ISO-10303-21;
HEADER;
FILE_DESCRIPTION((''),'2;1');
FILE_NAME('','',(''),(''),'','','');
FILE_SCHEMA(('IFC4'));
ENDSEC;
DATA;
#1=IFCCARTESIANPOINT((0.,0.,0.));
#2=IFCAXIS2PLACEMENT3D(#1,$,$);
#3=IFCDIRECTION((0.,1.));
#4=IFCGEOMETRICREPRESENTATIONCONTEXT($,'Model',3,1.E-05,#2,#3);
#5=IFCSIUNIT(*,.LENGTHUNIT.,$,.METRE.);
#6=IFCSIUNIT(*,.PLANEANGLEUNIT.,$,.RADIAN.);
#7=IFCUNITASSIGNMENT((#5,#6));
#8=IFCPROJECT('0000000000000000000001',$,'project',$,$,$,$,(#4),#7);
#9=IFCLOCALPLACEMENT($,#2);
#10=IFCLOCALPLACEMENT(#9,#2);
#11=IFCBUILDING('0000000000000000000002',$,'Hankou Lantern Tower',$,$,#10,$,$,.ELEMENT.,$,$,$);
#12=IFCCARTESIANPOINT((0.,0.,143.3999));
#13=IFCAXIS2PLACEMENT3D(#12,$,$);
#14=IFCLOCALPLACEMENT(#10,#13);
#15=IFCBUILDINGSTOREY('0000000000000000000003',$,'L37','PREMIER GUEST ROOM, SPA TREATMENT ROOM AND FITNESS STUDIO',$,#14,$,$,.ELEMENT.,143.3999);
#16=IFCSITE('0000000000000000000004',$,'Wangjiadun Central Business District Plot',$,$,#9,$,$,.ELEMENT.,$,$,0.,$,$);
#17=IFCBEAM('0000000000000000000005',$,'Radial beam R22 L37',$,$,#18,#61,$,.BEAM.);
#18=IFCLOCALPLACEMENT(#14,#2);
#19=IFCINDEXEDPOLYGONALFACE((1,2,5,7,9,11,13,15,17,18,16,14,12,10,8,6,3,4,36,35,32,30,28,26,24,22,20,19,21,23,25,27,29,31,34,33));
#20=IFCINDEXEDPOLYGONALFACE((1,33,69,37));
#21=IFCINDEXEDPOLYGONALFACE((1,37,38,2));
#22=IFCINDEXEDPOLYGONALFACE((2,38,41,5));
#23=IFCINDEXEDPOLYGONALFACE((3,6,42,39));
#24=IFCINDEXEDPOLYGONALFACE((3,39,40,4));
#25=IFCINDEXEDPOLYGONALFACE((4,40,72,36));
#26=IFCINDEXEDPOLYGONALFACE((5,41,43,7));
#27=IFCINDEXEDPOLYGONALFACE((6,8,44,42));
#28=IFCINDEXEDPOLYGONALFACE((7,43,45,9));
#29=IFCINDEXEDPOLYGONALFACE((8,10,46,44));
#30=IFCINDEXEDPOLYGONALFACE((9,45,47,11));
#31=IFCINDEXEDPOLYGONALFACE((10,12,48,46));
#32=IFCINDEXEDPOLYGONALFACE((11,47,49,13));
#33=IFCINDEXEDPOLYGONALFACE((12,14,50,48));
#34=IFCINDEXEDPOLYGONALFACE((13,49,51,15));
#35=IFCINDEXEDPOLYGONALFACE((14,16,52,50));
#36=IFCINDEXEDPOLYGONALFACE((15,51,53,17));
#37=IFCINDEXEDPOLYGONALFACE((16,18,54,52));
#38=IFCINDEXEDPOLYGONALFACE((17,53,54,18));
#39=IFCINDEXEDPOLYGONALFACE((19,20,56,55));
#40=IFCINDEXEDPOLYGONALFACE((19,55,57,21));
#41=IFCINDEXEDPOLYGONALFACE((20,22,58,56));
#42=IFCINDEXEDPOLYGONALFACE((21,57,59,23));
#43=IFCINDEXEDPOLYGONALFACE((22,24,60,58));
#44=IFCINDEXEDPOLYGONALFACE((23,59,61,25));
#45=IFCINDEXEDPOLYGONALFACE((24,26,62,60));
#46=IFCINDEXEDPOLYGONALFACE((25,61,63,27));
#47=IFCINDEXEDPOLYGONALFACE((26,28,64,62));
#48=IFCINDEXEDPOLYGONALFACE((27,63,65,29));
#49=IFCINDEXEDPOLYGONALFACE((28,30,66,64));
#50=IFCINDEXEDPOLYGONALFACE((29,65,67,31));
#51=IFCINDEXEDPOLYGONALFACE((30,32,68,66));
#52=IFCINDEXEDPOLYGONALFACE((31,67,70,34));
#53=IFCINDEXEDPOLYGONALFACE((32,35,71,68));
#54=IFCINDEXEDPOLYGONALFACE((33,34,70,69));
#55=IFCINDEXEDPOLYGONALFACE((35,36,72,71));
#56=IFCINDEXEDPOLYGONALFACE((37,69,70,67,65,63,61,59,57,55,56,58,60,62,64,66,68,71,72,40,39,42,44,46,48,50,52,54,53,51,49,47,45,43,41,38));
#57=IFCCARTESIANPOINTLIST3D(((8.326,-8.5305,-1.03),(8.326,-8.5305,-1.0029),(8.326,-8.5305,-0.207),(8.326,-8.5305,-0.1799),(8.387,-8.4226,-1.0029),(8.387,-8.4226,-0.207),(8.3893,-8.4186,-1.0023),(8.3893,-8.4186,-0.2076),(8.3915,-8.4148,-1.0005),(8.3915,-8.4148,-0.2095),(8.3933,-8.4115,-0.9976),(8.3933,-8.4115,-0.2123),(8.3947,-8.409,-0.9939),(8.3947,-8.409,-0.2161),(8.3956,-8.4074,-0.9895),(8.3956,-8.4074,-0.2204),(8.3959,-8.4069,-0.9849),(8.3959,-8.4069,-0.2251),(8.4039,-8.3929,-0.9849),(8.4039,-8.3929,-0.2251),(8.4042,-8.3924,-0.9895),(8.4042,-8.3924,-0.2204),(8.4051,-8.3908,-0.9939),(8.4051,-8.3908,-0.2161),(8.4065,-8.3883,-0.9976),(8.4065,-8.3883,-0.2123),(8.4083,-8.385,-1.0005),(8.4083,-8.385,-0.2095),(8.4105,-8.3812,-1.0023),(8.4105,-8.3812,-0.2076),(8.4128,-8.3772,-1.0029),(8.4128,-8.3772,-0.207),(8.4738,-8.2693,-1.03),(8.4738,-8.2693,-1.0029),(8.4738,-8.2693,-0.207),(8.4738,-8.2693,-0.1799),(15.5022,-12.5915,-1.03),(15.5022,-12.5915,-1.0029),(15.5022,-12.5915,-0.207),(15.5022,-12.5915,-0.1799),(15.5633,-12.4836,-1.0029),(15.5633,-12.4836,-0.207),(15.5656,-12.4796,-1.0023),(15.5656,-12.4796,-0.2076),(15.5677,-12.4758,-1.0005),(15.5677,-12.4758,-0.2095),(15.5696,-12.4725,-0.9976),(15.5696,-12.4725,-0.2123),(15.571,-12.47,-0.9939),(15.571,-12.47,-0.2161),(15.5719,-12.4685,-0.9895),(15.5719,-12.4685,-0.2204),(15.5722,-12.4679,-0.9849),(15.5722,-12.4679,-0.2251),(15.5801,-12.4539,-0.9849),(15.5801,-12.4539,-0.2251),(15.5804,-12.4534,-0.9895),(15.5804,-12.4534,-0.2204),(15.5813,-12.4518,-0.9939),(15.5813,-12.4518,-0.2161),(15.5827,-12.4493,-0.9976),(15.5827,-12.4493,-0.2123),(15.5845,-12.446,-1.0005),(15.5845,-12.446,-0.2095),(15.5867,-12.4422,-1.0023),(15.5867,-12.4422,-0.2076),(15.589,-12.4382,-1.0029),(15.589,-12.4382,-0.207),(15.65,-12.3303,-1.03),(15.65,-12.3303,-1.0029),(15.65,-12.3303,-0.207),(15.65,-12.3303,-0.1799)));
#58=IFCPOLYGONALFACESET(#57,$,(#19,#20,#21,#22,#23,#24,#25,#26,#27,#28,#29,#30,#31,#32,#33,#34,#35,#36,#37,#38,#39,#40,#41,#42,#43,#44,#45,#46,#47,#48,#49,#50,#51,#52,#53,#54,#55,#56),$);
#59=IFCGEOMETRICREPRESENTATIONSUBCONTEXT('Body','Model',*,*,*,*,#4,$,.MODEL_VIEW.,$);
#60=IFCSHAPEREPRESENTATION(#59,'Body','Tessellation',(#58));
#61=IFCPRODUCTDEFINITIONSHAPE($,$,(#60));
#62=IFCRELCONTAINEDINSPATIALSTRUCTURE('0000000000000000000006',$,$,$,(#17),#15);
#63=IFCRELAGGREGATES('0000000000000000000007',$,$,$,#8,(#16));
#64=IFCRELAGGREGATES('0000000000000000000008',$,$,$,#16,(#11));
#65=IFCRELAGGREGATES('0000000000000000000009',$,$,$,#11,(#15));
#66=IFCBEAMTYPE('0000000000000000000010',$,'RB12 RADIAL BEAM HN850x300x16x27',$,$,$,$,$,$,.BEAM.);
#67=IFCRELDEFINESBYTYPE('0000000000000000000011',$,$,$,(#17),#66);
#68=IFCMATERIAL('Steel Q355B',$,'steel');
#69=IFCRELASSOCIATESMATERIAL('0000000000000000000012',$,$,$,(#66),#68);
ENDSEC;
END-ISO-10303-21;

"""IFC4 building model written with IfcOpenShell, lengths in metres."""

from ifc_helpers import new_model, si_unit, direction, frame, origin, origin_2d, place, context, subcontext, project, spatial, i_section, extrude, material, material_profile, profile_set, type_object, element, save


model = new_model("IFC4")

# Units and contexts
model_context = context("Model", 3, precision=1e-05, world=origin(), true_north=direction((0.0, 1.0)))
body_context = subcontext(model_context, "Body", "Model", "MODEL_VIEW")
ifc_project = project(units=[si_unit("LENGTHUNIT", "METRE"), si_unit("PLANEANGLEUNIT", "RADIAN")], contexts=[model_context])

# Site, building, storey
site_placement = place(None, origin())
site = spatial("IfcSite", under=ifc_project, at=site_placement, Name="Wangjiadun Central Business District Plot", CompositionType="ELEMENT", RefElevation=0.0)
building_placement = place(site_placement, origin())
building = spatial("IfcBuilding", under=site, at=building_placement, Name="Hankou Lantern Tower", CompositionType="ELEMENT")
storey_placement = place(building_placement, frame((0.0, 0.0, 143.3999)))
storey = spatial("IfcBuildingStorey", under=building, at=storey_placement, Name="L37", Description="PREMIER GUEST ROOM, SPA TREATMENT ROOM AND FITNESS STUDIO", CompositionType="ELEMENT", Elevation=143.3999)

# Beam
ifc_material_1 = material(Name="Steel Q355B", Category="steel")
ifc_material_profile = material_profile(ifc_material_1, i_section(OverallWidth=0.3, OverallDepth=0.8501, WebThickness=0.0161, FlangeThickness=0.0271, FilletRadius=0.0181, at=origin_2d()), Name="HN850x300x16x27")
ifc_profile_set = profile_set([ifc_material_profile], Name="Steel Q355B")
beam_type = type_object("IfcBeamType", Name="RB12 RADIAL BEAM HN850x300x16x27", PredefinedType="BEAM", material=ifc_profile_set)
beam_1_placement = place(storey_placement, frame((8.3999, -8.3999, -0.605), z_axis=(0.870309, -0.492506, 0.0), x_axis=(0.492506, 0.870309, 0.0)))
element("IfcBeam", 1, at=beam_1_placement, inside=storey, type_object=beam_type, Name="Radial beam R22 L37", PredefinedType="BEAM", context=body_context, shape_type="SweptSolid", body=[
    extrude(i_section(OverallWidth=0.3, OverallDepth=0.8501, WebThickness=0.0161, FlangeThickness=0.0271, FilletRadius=0.0181, at=origin_2d()), origin(), (0.0, 0.0, 1.0), 8.2456),
])

save(model, "model.ifc")
